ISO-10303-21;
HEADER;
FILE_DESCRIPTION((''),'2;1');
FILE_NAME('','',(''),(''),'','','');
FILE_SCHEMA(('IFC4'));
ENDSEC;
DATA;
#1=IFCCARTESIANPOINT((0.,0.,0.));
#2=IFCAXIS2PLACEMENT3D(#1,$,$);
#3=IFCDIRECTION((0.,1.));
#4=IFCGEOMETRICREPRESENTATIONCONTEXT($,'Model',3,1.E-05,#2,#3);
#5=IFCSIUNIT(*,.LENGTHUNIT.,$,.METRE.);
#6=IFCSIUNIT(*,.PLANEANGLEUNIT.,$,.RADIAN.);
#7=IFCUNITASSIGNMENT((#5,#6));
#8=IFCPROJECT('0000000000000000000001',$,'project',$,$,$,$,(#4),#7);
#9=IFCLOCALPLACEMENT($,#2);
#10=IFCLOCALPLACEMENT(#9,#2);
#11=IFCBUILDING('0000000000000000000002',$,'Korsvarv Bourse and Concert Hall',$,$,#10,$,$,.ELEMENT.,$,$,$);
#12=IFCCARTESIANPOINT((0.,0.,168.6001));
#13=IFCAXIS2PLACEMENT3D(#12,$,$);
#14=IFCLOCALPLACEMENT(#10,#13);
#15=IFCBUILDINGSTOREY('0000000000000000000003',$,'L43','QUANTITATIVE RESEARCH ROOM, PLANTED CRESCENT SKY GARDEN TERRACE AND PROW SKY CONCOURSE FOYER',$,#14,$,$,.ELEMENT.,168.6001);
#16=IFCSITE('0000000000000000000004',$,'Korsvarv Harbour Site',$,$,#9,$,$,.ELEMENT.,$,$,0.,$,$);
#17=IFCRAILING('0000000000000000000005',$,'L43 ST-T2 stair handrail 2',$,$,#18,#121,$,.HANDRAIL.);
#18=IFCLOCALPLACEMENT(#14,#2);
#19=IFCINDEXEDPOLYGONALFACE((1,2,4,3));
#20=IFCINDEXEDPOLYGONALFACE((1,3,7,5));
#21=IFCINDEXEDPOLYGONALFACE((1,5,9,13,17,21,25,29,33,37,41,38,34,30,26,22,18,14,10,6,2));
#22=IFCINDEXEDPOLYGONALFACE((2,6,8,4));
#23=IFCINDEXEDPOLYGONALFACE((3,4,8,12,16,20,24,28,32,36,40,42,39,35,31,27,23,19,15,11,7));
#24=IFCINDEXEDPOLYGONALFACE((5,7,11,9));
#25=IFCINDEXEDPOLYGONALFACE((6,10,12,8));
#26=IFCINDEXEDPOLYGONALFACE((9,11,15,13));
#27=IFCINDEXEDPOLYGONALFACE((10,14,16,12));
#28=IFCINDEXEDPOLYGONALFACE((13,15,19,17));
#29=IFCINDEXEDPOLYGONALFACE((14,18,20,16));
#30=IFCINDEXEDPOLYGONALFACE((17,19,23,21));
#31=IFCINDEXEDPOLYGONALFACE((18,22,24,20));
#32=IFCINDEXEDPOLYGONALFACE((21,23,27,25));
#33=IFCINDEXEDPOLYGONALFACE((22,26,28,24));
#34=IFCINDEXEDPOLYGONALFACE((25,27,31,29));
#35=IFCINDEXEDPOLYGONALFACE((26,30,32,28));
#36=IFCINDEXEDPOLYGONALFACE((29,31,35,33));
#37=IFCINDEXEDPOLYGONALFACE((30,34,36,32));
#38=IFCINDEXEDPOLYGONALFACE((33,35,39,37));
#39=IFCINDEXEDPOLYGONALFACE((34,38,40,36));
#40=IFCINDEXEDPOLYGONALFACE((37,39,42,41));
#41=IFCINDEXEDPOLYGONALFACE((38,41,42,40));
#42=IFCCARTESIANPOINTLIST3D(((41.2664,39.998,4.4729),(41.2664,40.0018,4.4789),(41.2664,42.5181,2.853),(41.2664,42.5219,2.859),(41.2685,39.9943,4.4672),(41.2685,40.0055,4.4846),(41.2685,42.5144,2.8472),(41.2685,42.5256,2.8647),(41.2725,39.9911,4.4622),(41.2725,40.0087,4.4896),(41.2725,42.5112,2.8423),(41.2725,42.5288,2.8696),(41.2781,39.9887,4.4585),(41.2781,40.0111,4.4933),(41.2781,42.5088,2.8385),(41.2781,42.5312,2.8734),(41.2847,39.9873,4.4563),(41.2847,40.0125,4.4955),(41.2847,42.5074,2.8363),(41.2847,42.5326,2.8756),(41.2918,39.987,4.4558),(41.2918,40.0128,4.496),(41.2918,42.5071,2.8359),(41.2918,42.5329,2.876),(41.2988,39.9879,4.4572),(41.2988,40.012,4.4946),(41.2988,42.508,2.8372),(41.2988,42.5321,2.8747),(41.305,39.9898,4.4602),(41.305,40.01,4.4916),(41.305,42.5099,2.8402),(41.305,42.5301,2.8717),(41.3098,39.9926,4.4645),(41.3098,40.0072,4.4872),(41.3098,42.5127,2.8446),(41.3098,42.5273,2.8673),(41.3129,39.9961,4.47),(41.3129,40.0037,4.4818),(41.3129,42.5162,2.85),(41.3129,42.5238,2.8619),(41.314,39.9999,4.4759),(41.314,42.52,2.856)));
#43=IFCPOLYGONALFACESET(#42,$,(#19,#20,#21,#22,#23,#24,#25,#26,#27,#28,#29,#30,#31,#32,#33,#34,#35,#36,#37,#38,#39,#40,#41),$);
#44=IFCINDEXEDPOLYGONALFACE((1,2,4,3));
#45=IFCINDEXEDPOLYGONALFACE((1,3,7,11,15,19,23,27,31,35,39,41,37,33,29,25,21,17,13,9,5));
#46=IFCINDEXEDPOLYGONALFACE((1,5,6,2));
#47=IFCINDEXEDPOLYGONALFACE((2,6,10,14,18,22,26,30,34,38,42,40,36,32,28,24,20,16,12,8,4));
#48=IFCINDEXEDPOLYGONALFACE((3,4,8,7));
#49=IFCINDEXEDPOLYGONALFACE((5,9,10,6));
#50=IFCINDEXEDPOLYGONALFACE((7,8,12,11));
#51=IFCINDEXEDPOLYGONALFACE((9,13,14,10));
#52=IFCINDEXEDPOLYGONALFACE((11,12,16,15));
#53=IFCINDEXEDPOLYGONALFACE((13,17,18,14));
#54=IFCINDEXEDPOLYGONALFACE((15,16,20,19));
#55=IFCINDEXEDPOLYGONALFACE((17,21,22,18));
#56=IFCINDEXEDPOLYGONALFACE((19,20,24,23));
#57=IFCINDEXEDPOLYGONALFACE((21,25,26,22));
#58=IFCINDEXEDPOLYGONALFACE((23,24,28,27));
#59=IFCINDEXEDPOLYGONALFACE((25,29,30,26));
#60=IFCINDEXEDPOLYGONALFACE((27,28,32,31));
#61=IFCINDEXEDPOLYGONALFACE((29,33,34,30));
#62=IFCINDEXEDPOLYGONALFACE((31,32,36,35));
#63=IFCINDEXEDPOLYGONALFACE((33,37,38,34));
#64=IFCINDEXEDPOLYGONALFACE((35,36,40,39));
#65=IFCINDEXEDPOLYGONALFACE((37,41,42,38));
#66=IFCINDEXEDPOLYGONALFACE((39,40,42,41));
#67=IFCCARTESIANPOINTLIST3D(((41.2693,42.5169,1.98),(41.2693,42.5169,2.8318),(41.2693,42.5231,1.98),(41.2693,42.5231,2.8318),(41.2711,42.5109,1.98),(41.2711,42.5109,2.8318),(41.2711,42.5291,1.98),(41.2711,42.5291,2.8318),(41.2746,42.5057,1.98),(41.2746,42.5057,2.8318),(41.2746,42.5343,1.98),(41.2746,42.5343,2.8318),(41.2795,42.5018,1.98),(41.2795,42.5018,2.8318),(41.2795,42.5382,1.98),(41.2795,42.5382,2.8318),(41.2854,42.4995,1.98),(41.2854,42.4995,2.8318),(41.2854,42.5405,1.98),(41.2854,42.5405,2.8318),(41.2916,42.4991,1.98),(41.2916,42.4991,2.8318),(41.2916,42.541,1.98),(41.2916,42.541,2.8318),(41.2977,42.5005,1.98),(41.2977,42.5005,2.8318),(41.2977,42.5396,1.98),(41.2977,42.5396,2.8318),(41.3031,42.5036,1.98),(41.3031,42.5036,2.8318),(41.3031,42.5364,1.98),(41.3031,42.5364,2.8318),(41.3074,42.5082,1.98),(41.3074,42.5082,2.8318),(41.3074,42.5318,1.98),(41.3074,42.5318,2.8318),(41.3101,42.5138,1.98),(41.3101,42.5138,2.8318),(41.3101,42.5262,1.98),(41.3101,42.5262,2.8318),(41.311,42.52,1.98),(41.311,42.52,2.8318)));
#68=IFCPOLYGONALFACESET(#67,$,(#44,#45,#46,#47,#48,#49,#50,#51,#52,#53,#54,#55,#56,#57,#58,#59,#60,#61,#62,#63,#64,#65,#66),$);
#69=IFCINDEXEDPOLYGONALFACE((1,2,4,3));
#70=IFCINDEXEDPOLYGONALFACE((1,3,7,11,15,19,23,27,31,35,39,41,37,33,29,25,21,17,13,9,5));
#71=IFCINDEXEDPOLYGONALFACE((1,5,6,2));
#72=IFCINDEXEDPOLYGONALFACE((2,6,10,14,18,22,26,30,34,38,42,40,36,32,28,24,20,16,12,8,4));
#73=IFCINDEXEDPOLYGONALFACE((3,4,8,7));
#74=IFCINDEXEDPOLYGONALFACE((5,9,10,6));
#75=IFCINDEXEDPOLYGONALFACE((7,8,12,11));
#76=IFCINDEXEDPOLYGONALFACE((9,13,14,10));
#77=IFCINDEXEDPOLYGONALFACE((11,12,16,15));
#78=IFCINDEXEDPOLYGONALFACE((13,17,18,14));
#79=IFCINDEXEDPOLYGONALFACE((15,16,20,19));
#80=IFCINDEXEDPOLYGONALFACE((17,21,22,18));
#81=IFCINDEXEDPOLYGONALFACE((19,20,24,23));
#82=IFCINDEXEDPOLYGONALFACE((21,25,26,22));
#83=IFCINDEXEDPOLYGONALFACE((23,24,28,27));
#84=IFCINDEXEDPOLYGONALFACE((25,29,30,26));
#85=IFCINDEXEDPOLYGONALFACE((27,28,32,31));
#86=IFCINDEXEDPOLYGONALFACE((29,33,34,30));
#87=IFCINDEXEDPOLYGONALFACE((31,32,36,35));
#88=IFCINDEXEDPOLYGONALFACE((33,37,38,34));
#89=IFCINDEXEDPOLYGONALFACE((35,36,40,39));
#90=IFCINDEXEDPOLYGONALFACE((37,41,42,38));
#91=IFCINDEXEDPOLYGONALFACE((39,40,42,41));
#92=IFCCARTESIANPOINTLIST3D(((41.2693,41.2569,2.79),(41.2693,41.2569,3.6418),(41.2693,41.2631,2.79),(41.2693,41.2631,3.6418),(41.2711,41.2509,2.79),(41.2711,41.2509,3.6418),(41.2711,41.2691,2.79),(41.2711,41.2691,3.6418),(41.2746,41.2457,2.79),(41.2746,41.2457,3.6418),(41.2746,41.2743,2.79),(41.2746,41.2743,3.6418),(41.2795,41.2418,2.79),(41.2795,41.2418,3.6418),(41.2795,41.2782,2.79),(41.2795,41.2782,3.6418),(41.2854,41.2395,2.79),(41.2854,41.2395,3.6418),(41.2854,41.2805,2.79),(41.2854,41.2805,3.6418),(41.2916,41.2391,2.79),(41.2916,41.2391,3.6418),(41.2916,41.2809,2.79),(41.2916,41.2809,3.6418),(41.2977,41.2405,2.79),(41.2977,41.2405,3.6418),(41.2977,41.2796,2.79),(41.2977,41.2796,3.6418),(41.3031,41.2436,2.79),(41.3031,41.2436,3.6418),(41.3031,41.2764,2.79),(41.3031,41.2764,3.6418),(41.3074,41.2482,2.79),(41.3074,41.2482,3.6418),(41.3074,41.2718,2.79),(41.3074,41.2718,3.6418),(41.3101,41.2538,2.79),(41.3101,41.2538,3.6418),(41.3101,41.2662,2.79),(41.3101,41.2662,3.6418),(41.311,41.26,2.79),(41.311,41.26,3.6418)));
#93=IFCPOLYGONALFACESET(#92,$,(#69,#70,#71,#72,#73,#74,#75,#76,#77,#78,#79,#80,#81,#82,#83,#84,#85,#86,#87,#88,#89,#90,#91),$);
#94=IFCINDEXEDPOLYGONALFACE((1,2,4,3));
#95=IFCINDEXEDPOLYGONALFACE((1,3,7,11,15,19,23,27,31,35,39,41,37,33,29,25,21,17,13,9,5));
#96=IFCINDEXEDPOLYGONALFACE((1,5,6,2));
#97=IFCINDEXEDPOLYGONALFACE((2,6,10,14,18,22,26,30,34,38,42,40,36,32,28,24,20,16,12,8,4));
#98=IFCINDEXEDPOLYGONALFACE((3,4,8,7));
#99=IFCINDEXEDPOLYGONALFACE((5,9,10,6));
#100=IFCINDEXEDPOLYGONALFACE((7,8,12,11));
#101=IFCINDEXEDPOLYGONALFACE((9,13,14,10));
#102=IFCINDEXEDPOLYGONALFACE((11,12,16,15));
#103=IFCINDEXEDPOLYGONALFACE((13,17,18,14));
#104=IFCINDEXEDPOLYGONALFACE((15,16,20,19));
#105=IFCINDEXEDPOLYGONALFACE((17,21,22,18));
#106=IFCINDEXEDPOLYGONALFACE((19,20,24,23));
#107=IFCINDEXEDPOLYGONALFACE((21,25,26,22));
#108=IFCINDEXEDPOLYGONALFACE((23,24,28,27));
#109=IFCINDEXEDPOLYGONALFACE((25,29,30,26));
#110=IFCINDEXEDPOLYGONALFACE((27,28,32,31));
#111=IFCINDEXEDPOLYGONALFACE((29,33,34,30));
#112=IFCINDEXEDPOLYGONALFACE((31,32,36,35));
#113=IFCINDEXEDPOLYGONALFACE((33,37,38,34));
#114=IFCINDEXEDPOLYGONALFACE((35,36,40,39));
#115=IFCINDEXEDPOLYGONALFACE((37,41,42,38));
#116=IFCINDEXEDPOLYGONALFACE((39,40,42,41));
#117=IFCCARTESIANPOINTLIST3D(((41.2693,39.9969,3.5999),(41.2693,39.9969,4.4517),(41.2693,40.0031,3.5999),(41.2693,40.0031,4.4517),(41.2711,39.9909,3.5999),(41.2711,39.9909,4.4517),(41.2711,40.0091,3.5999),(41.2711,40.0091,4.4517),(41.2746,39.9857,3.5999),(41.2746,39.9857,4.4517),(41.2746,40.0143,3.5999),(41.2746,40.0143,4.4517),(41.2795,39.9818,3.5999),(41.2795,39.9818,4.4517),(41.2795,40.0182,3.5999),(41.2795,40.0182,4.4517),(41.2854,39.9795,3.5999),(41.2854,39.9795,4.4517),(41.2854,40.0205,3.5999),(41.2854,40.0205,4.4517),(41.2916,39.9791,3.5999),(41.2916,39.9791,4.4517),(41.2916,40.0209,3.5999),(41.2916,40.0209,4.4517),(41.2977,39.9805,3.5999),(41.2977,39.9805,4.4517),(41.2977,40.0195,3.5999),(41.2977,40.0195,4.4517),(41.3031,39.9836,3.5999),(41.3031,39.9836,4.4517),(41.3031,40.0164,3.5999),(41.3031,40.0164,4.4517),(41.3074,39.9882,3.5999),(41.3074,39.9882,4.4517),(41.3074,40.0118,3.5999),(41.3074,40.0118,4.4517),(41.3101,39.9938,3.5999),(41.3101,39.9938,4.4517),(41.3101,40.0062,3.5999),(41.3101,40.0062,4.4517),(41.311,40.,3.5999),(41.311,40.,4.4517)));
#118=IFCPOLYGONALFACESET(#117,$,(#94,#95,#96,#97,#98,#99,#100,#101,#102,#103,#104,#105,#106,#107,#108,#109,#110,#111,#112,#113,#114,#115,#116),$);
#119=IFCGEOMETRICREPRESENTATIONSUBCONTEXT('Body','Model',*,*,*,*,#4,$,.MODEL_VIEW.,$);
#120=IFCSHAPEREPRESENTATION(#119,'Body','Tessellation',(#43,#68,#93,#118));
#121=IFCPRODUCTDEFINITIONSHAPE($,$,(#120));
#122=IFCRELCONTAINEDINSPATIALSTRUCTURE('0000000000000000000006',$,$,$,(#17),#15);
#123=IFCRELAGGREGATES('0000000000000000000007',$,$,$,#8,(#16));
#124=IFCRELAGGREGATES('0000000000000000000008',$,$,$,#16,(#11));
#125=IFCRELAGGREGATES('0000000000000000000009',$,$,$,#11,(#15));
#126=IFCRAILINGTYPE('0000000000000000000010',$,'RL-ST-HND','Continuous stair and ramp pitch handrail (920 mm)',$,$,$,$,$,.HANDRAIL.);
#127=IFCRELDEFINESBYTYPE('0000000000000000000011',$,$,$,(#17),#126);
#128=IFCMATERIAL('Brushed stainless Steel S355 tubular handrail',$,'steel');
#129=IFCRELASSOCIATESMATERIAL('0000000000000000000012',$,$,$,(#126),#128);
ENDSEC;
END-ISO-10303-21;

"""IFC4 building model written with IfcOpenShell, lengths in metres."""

from ifc_helpers import new_model, si_unit, direction, frame, origin, origin_2d, place, context, subcontext, project, spatial, circle, extrude, material, type_object, element, save


model = new_model("IFC4")

# Units and contexts
model_context = context("Model", 3, precision=1e-05, world=origin(), true_north=direction((0.0, 1.0)))
body_context = subcontext(model_context, "Body", "Model", "MODEL_VIEW")
ifc_project = project(units=[si_unit("LENGTHUNIT", "METRE"), si_unit("PLANEANGLEUNIT", "RADIAN")], contexts=[model_context])

# Site, building, storey
site_placement = place(None, origin())
site = spatial("IfcSite", under=ifc_project, at=site_placement, Name="Korsvarv Harbour Site", CompositionType="ELEMENT", RefElevation=0.0)
building_placement = place(site_placement, origin())
building = spatial("IfcBuilding", under=site, at=building_placement, Name="Korsvarv Bourse and Concert Hall", CompositionType="ELEMENT")
storey_placement = place(building_placement, frame((0.0, 0.0, 168.6001)))
storey = spatial("IfcBuildingStorey", under=building, at=storey_placement, Name="L43", Description="QUANTITATIVE RESEARCH ROOM, PLANTED CRESCENT SKY GARDEN TERRACE AND PROW SKY CONCOURSE FOYER", CompositionType="ELEMENT", Elevation=168.6001)

# Railing
ifc_material_1 = material(Name="Brushed stainless Steel S355 tubular handrail", Category="steel")
railing_type_1 = type_object("IfcRailingType", Name="RL-ST-HND", Description="Continuous stair and ramp pitch handrail (920 mm)", PredefinedType="HANDRAIL", material=ifc_material_1)
railing_1_placement = place(storey_placement, frame((41.29, 42.52, 1.98)))
element("IfcRailing", 1, at=railing_1_placement, inside=storey, type_object=railing_type_1, Name="L43 ST-T2 stair handrail 2", PredefinedType="HANDRAIL", context=body_context, shape_type="SweptSolid", body=[
    extrude(circle(Radius=0.0239, at=origin_2d()), frame((0.0, 0.0, 0.876), z_axis=(0.0, -0.8412, 0.540725), x_axis=(1.0, 0.0, 0.0)), (0.0, 0.0, 1.0), 2.9958),
    extrude(circle(Radius=0.021, at=origin_2d()), origin(), (0.0, 0.0, 1.0), 0.8518),
    extrude(circle(Radius=0.021, at=origin_2d()), frame((0.0, -1.26, 0.8101)), (0.0, 0.0, 1.0), 0.8518),
    extrude(circle(Radius=0.021, at=origin_2d()), frame((0.0, -2.52, 1.6199)), (0.0, 0.0, 1.0), 0.8518),
])

save(model, "model.ifc")
